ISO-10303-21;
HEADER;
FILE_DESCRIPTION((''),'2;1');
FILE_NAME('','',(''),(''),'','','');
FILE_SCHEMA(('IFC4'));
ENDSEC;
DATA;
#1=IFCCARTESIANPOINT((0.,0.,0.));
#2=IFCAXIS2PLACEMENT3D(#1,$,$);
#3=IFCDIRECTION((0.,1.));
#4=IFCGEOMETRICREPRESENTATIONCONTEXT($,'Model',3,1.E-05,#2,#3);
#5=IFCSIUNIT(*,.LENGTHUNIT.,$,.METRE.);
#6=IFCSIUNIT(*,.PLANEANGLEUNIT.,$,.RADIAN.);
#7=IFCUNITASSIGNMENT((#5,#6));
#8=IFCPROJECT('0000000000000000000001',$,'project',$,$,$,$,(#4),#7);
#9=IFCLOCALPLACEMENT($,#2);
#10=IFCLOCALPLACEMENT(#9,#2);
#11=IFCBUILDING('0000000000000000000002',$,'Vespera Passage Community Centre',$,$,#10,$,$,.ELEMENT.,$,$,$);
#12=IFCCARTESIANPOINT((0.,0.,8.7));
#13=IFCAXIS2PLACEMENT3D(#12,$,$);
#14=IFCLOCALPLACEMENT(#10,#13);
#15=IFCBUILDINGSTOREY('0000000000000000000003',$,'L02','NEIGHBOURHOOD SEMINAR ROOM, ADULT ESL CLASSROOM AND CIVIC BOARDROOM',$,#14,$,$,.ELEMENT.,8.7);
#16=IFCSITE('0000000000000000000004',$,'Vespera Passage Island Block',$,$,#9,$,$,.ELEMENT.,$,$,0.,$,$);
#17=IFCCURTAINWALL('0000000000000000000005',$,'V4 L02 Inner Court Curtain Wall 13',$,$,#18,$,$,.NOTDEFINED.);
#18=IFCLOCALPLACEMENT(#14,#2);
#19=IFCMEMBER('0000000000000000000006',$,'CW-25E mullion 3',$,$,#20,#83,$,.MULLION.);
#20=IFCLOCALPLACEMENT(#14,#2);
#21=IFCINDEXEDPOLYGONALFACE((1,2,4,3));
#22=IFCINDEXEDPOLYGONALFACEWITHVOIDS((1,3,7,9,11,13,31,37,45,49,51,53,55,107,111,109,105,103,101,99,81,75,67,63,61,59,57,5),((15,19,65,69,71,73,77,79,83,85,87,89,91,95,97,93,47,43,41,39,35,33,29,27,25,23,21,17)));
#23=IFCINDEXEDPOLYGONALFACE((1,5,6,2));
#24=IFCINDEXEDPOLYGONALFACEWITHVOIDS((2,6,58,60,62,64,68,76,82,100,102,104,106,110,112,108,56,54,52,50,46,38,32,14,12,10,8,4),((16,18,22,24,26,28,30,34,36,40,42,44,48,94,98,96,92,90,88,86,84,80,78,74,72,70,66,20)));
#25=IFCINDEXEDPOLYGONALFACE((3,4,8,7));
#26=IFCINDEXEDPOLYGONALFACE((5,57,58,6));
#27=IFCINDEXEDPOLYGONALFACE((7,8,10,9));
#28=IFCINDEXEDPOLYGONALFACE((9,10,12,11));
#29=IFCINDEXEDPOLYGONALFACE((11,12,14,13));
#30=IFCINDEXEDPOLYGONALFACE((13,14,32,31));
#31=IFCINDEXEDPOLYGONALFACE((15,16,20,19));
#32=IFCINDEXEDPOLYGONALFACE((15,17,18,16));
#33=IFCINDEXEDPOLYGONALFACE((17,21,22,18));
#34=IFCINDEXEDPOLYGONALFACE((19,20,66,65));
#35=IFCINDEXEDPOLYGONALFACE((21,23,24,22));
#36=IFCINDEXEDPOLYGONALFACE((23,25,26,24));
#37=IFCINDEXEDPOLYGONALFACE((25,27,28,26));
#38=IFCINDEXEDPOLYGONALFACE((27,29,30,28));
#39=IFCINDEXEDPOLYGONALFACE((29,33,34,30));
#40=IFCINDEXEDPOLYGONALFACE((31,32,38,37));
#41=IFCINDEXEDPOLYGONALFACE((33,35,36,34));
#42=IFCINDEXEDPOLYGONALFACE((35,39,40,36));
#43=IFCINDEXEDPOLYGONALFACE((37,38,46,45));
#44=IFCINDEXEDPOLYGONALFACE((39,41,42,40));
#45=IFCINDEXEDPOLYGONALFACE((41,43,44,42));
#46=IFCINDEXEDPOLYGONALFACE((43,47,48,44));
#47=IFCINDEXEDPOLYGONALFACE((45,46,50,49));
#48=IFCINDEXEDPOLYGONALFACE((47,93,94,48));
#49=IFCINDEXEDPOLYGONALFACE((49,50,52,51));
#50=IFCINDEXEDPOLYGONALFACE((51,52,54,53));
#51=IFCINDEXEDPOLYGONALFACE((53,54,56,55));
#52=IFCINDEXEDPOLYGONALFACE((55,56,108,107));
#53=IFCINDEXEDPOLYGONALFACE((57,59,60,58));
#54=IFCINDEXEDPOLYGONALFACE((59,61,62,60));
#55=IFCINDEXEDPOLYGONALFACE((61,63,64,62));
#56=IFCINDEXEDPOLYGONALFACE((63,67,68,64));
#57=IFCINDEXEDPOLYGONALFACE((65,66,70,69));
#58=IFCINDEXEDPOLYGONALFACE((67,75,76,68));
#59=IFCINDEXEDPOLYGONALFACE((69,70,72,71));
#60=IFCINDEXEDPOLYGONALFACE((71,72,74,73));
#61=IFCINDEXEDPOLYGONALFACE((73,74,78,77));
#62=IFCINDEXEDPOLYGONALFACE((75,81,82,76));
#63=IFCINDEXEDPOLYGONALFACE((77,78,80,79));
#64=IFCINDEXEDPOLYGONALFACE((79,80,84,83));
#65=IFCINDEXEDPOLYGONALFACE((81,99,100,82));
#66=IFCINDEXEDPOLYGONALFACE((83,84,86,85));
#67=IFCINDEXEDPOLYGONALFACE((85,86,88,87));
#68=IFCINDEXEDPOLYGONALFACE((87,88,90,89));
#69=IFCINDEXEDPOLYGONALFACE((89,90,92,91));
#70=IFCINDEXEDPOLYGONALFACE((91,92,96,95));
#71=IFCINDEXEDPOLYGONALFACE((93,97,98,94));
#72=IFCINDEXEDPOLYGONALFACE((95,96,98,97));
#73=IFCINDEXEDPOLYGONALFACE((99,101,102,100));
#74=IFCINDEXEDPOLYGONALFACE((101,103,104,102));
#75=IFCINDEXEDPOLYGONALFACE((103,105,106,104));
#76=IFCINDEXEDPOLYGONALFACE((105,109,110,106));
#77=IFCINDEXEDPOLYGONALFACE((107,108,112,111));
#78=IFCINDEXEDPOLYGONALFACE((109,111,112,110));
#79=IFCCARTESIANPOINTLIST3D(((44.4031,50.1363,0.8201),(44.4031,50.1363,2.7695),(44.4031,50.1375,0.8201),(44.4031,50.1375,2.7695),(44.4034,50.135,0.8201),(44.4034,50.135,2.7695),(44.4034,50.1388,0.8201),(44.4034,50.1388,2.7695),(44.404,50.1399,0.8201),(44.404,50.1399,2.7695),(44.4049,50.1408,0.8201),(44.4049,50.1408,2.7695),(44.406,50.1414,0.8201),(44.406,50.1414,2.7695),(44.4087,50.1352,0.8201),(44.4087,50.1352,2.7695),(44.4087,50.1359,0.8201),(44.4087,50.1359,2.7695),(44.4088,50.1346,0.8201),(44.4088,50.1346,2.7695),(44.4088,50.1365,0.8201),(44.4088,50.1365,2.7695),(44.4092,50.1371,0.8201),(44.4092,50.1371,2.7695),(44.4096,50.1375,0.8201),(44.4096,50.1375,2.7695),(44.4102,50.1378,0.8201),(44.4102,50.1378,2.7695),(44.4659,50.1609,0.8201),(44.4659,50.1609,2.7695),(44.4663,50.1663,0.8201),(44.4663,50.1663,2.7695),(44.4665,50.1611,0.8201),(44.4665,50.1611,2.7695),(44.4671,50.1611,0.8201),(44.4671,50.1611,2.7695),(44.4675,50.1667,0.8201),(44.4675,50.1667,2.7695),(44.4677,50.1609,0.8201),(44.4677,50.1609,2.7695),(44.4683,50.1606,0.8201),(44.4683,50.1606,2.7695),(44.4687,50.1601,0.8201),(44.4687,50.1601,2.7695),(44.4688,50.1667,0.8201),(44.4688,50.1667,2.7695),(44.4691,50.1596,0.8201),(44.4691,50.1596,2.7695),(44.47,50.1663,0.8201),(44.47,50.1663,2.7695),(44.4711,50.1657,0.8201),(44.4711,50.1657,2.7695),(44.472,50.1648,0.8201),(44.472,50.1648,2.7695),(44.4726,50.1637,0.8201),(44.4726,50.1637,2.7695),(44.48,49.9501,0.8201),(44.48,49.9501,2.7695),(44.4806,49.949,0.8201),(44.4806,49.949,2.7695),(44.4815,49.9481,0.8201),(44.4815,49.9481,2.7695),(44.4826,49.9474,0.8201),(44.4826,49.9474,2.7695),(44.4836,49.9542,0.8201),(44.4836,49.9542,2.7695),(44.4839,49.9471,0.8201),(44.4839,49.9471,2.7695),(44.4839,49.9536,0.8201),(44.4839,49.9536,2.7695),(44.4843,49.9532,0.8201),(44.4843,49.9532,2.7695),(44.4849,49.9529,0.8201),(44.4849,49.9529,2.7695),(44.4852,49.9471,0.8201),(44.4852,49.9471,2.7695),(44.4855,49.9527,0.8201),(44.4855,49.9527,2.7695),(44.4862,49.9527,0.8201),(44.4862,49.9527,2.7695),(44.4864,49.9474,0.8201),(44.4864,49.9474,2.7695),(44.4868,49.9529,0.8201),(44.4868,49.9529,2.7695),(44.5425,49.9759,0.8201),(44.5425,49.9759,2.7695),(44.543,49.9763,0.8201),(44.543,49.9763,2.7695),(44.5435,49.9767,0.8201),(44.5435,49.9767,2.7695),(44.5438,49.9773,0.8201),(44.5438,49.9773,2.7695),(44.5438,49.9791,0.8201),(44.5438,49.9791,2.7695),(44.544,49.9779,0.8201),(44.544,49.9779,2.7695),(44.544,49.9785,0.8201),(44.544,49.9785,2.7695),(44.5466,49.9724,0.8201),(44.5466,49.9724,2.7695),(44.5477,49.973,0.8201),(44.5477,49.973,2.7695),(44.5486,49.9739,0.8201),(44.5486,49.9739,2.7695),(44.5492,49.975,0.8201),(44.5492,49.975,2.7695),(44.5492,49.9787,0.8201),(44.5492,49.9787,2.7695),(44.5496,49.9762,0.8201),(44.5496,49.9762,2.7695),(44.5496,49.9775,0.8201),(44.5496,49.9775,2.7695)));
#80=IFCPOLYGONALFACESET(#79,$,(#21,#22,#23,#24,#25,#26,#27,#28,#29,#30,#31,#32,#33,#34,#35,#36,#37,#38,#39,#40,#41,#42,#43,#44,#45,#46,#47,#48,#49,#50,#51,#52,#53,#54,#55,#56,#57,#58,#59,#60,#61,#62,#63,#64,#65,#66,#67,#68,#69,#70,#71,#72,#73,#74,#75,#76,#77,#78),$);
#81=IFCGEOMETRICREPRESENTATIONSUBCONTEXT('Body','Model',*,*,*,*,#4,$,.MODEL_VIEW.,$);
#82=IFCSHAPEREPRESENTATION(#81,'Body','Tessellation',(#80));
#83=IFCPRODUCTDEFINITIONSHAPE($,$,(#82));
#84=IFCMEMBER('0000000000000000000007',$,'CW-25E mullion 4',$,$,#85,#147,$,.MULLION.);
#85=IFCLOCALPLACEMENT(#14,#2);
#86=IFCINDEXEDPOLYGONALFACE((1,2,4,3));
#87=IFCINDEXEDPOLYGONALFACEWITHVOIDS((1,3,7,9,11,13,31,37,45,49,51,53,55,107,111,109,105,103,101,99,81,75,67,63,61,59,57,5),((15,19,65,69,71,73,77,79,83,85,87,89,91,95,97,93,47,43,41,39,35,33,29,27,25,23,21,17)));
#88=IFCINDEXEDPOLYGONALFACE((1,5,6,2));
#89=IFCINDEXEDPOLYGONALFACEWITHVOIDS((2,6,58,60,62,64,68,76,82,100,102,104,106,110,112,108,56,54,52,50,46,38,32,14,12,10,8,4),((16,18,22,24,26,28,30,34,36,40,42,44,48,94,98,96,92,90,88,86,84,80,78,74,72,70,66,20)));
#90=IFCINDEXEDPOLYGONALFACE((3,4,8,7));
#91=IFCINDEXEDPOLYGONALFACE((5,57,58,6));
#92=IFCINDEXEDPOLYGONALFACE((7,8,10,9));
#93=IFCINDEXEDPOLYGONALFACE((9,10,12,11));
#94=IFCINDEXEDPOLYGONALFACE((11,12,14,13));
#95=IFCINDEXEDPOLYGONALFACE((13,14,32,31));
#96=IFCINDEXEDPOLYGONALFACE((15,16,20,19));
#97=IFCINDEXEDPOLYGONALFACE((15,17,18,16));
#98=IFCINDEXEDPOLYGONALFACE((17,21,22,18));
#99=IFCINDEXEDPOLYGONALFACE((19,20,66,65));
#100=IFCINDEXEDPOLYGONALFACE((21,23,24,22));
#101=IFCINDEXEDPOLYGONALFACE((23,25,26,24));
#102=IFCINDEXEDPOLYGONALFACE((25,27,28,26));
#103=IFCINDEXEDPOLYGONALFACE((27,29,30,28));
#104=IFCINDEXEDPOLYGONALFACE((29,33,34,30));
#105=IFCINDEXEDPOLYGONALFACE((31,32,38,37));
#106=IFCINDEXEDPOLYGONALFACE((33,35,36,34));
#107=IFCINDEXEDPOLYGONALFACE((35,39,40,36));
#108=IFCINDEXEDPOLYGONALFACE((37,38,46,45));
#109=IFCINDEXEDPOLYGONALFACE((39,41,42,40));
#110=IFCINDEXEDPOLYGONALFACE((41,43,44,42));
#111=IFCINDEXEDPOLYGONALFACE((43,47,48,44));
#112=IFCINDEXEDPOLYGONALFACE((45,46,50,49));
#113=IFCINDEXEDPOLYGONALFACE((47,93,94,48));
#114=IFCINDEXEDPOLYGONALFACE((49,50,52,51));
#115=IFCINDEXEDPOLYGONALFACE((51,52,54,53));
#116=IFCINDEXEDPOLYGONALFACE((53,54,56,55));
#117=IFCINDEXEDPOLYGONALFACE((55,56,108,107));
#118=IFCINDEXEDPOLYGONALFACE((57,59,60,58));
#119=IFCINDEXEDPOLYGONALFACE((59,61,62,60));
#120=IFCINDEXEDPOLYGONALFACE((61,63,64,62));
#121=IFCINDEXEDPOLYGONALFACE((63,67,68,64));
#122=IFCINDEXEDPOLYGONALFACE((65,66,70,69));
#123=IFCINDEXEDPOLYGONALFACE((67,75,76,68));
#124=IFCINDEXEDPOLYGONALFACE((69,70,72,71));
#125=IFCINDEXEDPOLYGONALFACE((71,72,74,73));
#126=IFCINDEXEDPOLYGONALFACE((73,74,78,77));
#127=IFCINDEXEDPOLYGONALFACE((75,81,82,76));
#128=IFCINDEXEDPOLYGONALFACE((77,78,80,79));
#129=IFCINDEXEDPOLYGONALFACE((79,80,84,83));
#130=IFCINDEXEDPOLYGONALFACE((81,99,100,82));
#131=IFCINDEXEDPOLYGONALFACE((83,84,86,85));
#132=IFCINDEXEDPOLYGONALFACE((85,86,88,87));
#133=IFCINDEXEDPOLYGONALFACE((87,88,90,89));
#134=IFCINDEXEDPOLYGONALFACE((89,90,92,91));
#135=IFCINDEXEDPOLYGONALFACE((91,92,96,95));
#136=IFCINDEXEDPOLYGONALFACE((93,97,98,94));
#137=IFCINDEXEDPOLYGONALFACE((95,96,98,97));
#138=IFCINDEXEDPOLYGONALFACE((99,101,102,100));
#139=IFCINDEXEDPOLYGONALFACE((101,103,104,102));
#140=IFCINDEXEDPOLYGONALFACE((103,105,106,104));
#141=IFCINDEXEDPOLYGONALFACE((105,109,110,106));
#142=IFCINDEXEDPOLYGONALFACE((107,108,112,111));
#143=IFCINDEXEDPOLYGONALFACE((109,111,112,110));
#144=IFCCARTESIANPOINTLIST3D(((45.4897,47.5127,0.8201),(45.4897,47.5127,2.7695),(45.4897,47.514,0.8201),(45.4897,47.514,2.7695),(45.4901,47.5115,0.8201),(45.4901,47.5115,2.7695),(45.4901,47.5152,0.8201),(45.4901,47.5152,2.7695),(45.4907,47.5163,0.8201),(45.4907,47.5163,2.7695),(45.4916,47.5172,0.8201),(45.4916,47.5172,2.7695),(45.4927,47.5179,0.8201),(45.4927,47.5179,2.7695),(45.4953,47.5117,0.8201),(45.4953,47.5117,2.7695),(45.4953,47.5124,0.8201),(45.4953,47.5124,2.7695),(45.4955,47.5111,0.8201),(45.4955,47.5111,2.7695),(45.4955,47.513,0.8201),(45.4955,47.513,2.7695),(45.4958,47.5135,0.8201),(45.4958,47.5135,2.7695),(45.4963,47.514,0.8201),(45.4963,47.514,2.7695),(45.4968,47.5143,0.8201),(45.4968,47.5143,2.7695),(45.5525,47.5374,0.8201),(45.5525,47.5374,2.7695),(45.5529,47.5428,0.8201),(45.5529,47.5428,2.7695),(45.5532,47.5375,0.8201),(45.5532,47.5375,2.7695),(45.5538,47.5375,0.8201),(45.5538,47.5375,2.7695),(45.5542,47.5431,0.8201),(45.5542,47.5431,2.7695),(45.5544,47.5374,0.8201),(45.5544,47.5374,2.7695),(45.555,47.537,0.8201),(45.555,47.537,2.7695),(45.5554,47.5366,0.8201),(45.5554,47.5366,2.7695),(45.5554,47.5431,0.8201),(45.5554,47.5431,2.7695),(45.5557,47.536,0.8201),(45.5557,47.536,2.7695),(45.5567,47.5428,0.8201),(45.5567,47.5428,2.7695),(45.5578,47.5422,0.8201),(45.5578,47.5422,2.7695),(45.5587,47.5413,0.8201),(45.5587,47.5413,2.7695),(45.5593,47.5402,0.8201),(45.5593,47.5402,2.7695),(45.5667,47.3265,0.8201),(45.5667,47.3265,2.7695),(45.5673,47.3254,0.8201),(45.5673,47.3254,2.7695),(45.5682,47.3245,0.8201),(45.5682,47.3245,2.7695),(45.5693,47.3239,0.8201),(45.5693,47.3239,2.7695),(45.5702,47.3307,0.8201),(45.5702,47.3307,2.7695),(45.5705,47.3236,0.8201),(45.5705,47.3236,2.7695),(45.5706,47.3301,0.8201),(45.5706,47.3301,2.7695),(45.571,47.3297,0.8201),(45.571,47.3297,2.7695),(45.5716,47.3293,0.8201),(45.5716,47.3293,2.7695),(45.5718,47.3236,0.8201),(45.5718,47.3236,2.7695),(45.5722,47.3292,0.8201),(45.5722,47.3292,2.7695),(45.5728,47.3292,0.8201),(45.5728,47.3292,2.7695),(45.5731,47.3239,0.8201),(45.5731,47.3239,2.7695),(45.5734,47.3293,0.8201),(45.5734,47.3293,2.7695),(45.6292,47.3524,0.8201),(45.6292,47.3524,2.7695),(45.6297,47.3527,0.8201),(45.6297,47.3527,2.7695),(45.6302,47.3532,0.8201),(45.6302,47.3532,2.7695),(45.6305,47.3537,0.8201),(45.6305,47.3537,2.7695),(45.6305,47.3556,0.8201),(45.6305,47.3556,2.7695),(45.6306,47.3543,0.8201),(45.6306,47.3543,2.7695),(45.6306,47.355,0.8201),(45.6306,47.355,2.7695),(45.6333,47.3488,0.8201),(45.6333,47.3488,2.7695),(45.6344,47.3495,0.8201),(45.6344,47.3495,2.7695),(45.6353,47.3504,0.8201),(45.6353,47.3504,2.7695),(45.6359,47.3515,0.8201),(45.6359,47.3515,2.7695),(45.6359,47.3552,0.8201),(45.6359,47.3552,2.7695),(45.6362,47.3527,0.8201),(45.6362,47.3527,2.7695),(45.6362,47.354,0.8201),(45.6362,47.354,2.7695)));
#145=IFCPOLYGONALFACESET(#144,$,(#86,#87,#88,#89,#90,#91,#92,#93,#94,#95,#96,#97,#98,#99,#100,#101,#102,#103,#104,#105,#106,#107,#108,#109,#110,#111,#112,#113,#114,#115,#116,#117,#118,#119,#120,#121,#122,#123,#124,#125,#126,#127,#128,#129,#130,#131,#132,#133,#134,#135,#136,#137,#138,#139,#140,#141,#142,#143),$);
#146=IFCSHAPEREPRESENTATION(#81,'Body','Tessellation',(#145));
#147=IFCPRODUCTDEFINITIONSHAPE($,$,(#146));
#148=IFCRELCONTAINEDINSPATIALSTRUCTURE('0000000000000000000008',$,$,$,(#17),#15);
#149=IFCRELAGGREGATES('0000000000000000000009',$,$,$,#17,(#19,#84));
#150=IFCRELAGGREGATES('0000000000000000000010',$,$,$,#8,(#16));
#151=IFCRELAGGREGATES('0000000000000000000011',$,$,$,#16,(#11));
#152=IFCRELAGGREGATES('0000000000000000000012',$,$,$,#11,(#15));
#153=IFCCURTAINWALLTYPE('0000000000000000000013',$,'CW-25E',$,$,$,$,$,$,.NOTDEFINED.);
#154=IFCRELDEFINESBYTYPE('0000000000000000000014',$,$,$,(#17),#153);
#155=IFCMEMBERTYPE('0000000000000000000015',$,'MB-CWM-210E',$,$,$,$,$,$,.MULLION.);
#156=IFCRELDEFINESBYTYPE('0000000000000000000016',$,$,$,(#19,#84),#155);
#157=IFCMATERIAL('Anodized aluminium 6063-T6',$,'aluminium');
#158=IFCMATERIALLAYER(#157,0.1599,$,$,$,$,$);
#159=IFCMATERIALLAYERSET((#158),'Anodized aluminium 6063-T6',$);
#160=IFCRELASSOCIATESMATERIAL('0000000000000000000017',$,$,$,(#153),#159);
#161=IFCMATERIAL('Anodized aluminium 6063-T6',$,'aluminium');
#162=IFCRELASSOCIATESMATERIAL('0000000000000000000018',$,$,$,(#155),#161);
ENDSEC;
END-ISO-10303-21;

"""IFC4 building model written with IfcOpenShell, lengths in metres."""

from ifc_helpers import new_model, si_unit, direction, frame, origin, origin_2d, place, context, subcontext, project, spatial, hollow_rectangle, extrude, material, layer, layer_set, material_profile, profile_set, type_object, element, aggregate, save


model = new_model("IFC4")

# Units and contexts
model_context = context("Model", 3, precision=1e-05, world=origin(), true_north=direction((0.0, 1.0)))
body_context = subcontext(model_context, "Body", "Model", "MODEL_VIEW")
ifc_project = project(units=[si_unit("LENGTHUNIT", "METRE"), si_unit("PLANEANGLEUNIT", "RADIAN")], contexts=[model_context])

# Site, building, storey
site_placement = place(None, origin())
site = spatial("IfcSite", under=ifc_project, at=site_placement, Name="Vespera Passage Island Block", CompositionType="ELEMENT", RefElevation=0.0)
building_placement = place(site_placement, origin())
building = spatial("IfcBuilding", under=site, at=building_placement, Name="Vespera Passage Community Centre", CompositionType="ELEMENT")
storey_placement = place(building_placement, frame((0.0, 0.0, 8.7)))
storey = spatial("IfcBuildingStorey", under=building, at=storey_placement, Name="L02", Description="NEIGHBOURHOOD SEMINAR ROOM, ADULT ESL CLASSROOM AND CIVIC BOARDROOM", CompositionType="ELEMENT", Elevation=8.7)

# Curtain wall, members
ifc_material_1 = material(Name="Anodized aluminium 6063-T6", Category="aluminium")
ifc_layer_1 = layer(ifc_material_1, 0.1599)
ifc_layer_set_1 = layer_set([ifc_layer_1], Name="Anodized aluminium 6063-T6")
curtain_wall_type_1 = type_object("IfcCurtainWallType", Name="CW-25E", PredefinedType="NOTDEFINED", material=ifc_layer_set_1)
curtain_wall_1_placement = place(storey_placement, origin())
curtain_wall_1 = element("IfcCurtainWall", 1, at=curtain_wall_1_placement, inside=storey, type_object=curtain_wall_type_1, Name="V4 L02 Inner Court Curtain Wall 13", PredefinedType="NOTDEFINED")
ifc_material_2 = material(Name="Anodized aluminium 6063-T6", Category="aluminium")
ifc_material_profile_1 = material_profile(ifc_material_2, hollow_rectangle(XDim=0.075, YDim=0.21, WallThickness=0.0049, InnerFilletRadius=0.0024, OuterFilletRadius=0.0049, at=origin_2d()), Name="ALU210X75X5")
ifc_profile_set_1 = profile_set([ifc_material_profile_1], Name="Anodized aluminium 6063-T6")
member_type_1 = type_object("IfcMemberType", Name="MB-CWM-210E", PredefinedType="MULLION", material=ifc_profile_set_1)
member_1_placement = place(storey_placement, frame((44.4763, 50.0569, 0.8201), z_axis=(0.0, 0.0, 1.0), x_axis=(0.923877, 0.38269, 0.0)))
member_1 = element("IfcMember", 2, at=member_1_placement, type_object=member_type_1, Name="CW-25E mullion 3", PredefinedType="MULLION", context=body_context, shape_type="SweptSolid", body=[
    extrude(hollow_rectangle(XDim=0.075, YDim=0.21, WallThickness=0.0049, InnerFilletRadius=0.0024, OuterFilletRadius=0.0049, at=origin_2d()), origin(), (0.0, 0.0, 1.0), 1.9495),
])
member_2_placement = place(storey_placement, frame((45.563, 47.4333, 0.8201), z_axis=(0.0, 0.0, 1.0), x_axis=(0.923877, 0.38269, 0.0)))
member_2 = element("IfcMember", 3, at=member_2_placement, type_object=member_type_1, Name="CW-25E mullion 4", PredefinedType="MULLION", context=body_context, shape_type="SweptSolid", body=[
    extrude(hollow_rectangle(XDim=0.075, YDim=0.21, WallThickness=0.0049, InnerFilletRadius=0.0024, OuterFilletRadius=0.0049, at=origin_2d()), origin(), (0.0, 0.0, 1.0), 1.9495),
])

aggregate(curtain_wall_1, [member_1, member_2])

save(model, "model.ifc")
